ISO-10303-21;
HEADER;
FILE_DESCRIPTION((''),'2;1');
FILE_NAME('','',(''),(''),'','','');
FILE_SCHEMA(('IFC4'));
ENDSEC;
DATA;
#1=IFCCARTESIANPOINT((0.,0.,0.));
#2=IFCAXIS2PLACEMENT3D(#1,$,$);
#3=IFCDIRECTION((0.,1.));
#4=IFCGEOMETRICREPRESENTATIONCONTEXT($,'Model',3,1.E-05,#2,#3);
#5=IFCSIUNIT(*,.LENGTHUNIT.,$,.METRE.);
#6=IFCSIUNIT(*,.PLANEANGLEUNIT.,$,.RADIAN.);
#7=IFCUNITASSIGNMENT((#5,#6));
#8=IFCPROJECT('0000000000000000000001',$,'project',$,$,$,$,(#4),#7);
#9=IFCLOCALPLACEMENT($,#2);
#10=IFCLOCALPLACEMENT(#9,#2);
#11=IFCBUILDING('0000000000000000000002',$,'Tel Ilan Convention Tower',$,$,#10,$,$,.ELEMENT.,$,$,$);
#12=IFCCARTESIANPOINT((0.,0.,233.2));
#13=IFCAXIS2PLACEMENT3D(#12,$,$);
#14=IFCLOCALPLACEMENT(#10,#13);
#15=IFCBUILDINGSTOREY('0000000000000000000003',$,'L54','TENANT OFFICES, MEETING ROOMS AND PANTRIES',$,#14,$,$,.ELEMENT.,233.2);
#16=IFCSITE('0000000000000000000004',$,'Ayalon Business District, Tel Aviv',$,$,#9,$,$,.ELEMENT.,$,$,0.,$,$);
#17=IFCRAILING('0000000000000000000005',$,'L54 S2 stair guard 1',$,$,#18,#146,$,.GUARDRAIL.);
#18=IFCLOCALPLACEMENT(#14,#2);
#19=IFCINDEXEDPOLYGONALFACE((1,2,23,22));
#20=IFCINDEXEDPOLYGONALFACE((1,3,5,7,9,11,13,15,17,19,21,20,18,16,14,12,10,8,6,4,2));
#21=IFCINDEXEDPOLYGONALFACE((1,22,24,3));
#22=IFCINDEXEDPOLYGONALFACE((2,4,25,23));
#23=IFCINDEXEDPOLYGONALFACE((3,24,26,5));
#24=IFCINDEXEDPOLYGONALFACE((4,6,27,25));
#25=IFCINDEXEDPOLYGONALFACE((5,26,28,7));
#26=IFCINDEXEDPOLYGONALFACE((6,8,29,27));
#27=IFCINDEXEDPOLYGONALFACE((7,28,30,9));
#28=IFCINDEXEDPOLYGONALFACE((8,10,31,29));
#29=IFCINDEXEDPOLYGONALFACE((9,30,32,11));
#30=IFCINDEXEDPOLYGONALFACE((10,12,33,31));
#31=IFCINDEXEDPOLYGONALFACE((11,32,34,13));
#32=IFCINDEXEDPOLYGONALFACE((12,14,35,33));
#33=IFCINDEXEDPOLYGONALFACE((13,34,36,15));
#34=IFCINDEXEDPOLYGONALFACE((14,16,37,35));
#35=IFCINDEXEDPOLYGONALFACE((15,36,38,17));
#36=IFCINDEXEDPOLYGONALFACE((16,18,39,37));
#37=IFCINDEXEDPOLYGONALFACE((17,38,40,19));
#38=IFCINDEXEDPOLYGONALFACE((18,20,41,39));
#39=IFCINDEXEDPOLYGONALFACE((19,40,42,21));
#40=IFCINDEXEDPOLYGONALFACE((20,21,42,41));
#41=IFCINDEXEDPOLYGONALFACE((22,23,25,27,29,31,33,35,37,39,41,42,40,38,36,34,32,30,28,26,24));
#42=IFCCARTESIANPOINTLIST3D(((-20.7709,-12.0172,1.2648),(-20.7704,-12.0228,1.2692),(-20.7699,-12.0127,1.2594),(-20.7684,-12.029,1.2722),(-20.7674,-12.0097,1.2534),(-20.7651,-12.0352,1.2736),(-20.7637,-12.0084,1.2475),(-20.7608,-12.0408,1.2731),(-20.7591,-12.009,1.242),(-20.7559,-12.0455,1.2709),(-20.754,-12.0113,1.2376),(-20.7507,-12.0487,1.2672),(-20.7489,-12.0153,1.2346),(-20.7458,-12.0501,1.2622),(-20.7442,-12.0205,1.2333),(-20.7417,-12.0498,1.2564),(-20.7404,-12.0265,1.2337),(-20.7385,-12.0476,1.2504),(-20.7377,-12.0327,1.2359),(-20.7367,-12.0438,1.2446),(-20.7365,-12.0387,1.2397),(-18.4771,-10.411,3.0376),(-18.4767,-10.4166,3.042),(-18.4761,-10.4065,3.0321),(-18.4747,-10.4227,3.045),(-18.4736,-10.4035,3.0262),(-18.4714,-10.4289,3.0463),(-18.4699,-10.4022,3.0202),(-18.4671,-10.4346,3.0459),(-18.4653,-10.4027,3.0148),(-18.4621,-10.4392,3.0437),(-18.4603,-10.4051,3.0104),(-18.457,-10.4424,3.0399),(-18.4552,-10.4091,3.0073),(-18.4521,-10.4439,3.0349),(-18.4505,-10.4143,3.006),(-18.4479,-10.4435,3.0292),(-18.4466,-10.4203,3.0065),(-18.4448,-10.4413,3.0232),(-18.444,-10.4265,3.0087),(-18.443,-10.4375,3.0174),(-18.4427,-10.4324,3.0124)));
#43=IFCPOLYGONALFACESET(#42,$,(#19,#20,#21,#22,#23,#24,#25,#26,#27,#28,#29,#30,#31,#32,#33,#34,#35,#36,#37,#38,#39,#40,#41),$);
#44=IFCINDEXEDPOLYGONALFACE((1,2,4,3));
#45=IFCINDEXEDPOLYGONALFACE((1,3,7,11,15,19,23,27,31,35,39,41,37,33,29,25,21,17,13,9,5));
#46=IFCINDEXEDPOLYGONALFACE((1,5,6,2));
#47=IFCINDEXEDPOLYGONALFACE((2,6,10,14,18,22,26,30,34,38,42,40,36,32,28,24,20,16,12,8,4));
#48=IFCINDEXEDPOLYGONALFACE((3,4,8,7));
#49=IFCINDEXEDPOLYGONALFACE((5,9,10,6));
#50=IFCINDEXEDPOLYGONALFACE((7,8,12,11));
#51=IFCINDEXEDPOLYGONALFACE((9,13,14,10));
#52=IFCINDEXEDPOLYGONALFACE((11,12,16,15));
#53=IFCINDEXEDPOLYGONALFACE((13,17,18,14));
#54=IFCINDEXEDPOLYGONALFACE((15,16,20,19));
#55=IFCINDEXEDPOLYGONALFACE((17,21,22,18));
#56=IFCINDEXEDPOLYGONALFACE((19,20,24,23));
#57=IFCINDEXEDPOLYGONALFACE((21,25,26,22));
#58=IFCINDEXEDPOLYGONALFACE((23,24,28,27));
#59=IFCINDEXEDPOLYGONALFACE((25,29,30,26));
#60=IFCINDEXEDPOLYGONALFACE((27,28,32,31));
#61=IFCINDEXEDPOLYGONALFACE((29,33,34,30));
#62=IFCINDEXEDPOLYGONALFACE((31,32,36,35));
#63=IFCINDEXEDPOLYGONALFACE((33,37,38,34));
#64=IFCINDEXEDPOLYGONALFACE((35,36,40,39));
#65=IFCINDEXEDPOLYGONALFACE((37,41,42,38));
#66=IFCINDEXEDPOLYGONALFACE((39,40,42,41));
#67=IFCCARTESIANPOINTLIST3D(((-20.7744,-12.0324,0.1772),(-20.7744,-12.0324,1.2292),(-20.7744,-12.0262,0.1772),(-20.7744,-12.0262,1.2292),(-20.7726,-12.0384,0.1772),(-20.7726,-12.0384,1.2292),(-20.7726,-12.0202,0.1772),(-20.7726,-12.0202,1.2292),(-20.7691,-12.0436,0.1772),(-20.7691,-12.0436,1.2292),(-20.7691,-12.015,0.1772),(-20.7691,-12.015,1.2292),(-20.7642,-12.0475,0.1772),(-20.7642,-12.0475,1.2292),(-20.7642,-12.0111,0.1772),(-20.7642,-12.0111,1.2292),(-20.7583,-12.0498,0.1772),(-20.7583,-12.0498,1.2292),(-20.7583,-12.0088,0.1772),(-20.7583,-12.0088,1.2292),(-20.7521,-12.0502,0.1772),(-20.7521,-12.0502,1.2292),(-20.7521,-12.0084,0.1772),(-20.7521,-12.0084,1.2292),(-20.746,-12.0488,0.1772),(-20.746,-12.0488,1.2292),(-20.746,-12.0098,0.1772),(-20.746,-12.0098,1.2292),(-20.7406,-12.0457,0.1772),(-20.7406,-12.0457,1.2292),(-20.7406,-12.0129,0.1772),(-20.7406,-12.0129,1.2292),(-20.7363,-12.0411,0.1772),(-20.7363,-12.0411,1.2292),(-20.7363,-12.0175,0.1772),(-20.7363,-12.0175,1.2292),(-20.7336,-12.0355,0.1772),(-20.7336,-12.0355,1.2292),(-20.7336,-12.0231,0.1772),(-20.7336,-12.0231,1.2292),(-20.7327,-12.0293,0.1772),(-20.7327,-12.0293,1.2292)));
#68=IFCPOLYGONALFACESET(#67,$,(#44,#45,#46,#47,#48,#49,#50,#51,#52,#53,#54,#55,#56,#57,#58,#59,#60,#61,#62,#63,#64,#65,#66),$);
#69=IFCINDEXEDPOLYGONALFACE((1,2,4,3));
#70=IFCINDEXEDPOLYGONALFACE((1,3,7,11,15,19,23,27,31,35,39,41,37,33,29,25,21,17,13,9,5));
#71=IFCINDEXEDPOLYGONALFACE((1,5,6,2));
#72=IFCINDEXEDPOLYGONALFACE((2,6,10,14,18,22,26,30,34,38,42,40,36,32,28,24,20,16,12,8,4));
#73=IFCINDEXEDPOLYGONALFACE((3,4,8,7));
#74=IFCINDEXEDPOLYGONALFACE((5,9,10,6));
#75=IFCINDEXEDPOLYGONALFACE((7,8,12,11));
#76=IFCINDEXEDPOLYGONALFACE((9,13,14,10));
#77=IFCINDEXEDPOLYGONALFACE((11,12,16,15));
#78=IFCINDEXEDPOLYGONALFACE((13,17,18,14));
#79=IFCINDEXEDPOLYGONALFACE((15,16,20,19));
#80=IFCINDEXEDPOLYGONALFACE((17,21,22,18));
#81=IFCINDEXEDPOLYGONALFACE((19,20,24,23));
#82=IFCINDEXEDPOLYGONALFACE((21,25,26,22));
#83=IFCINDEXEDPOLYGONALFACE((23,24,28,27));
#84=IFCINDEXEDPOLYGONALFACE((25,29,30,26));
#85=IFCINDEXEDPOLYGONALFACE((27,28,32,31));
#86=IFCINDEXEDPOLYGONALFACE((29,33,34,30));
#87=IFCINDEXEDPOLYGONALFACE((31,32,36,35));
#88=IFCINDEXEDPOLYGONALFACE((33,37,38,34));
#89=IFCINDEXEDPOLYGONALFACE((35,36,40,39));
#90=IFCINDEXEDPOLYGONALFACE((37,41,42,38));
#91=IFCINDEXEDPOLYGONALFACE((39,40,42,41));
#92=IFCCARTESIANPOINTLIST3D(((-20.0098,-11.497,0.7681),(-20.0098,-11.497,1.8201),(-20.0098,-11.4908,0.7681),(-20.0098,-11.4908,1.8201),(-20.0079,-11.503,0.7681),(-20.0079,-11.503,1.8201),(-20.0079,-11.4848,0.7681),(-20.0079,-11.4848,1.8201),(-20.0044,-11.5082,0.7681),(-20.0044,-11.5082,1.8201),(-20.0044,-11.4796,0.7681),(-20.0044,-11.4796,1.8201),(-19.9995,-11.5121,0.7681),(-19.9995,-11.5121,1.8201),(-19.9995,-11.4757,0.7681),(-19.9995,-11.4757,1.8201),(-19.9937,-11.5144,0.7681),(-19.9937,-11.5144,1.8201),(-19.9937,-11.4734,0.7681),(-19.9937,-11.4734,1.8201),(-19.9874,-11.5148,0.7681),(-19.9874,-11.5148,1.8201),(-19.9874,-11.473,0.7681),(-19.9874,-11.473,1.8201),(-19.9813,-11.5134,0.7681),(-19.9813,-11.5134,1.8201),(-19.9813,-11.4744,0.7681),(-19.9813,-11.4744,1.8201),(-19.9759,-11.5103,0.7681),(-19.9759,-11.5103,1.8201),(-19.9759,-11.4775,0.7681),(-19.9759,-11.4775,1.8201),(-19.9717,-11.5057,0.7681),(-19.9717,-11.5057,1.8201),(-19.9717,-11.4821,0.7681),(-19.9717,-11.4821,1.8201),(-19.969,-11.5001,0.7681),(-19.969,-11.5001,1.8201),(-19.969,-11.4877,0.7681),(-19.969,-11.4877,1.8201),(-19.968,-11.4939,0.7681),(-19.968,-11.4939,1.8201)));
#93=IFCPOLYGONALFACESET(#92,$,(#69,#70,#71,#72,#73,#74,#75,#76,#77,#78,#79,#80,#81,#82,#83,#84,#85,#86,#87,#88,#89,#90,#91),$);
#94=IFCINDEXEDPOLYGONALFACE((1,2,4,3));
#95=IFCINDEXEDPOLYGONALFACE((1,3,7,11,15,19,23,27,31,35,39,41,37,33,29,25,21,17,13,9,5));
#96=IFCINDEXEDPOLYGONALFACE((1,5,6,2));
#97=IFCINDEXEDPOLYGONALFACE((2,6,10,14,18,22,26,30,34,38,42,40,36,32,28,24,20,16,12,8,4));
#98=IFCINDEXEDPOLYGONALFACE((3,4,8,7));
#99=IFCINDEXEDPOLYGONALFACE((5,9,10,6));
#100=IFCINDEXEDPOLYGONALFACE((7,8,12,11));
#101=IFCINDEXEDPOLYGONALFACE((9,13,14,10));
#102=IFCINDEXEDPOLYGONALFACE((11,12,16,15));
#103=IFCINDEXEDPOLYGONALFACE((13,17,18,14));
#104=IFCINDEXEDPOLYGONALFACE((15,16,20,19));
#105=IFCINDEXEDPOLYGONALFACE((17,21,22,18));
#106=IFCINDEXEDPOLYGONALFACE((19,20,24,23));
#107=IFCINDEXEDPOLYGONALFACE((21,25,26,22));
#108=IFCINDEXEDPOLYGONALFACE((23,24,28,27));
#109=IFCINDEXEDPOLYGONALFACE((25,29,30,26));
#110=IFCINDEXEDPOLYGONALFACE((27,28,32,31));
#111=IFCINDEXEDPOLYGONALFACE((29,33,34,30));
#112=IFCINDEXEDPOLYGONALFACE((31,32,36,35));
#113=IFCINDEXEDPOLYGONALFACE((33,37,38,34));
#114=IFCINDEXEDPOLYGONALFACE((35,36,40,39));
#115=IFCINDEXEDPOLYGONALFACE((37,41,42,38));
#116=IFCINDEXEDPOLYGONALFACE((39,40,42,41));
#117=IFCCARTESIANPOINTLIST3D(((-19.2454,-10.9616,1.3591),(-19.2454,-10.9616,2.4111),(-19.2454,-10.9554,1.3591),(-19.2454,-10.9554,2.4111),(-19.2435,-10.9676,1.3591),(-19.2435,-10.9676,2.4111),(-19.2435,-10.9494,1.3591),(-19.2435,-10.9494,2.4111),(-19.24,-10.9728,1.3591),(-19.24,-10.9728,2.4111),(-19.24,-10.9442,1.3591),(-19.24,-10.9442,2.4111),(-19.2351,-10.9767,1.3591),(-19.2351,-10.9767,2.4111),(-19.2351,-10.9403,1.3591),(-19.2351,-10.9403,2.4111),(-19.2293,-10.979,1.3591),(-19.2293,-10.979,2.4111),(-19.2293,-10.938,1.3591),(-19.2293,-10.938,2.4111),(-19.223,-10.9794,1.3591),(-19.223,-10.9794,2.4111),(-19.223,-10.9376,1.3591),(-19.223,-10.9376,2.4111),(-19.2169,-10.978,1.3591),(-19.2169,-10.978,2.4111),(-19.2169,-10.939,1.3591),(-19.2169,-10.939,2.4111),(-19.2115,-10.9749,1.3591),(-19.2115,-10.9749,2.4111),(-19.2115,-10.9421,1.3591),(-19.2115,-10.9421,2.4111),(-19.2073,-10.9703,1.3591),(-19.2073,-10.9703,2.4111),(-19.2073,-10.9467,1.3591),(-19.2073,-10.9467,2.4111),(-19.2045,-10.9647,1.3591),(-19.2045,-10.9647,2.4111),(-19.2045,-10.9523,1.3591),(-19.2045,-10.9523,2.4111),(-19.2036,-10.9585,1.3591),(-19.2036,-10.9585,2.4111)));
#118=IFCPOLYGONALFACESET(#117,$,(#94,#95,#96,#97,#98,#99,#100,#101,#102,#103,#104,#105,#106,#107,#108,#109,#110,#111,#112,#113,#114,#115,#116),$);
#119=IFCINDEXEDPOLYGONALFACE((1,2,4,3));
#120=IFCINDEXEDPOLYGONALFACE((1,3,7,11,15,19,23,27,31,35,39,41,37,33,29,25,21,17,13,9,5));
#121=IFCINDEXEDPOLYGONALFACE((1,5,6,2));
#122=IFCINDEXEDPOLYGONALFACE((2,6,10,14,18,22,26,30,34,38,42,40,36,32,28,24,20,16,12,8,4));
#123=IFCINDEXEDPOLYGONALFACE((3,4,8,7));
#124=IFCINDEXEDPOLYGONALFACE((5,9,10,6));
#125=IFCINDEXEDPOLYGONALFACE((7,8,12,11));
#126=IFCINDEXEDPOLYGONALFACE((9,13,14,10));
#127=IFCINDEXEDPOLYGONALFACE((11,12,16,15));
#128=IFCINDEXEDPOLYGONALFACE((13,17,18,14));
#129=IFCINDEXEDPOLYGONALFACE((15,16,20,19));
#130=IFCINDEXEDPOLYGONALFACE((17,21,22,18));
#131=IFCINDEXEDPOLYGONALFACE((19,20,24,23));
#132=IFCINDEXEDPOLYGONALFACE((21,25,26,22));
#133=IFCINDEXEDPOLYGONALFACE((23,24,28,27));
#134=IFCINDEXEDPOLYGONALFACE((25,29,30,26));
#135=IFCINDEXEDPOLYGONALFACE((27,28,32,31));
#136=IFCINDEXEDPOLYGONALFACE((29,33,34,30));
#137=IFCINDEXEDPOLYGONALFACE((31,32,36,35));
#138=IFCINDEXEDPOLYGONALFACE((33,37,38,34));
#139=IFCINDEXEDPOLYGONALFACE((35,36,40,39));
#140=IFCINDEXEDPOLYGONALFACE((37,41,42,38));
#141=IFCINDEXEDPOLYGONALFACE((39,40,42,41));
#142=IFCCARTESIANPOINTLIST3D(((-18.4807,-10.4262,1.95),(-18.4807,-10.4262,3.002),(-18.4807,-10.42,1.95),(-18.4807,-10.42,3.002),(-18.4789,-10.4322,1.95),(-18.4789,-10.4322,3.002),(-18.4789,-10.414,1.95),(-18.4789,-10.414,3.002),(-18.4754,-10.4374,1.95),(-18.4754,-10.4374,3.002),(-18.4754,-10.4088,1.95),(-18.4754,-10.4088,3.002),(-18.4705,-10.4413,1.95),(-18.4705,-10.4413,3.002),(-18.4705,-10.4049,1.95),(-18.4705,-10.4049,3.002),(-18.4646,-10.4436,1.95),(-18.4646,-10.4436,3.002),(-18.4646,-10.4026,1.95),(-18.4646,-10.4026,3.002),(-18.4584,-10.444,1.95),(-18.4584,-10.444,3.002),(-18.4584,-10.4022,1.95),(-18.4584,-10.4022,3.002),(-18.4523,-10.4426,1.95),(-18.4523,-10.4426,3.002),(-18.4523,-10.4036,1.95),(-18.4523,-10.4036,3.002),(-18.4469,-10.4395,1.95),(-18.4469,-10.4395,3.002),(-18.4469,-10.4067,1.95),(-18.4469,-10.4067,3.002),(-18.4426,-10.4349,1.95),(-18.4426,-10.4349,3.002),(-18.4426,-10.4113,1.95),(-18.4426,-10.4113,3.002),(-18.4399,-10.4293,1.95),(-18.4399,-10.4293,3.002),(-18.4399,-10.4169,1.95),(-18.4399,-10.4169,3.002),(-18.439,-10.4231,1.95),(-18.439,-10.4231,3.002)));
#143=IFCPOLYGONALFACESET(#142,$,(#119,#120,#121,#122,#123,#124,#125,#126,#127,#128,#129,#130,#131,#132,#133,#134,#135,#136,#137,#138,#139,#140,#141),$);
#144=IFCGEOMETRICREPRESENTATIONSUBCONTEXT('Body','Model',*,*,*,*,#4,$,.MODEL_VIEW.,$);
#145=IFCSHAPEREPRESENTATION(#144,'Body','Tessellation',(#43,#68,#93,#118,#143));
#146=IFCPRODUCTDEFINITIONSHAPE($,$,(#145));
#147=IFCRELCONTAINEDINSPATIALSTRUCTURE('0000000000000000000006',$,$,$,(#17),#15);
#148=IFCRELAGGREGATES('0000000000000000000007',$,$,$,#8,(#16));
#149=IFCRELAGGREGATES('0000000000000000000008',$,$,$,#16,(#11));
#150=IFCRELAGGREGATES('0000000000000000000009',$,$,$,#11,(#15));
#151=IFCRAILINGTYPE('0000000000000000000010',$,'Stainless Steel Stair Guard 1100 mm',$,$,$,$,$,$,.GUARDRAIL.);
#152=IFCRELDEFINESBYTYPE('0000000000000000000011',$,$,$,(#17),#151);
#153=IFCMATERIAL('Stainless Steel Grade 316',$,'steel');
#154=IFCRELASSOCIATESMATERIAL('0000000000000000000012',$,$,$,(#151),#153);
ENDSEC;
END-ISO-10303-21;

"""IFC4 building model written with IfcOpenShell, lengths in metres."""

from ifc_helpers import new_model, si_unit, direction, frame, origin, origin_2d, place, context, subcontext, project, spatial, circle, extrude, material, type_object, element, save


model = new_model("IFC4")

# Units and contexts
model_context = context("Model", 3, precision=1e-05, world=origin(), true_north=direction((0.0, 1.0)))
body_context = subcontext(model_context, "Body", "Model", "MODEL_VIEW")
ifc_project = project(units=[si_unit("LENGTHUNIT", "METRE"), si_unit("PLANEANGLEUNIT", "RADIAN")], contexts=[model_context])

# Site, building, storey
site_placement = place(None, origin())
site = spatial("IfcSite", under=ifc_project, at=site_placement, Name="Ayalon Business District, Tel Aviv", CompositionType="ELEMENT", RefElevation=0.0)
building_placement = place(site_placement, origin())
building = spatial("IfcBuilding", under=site, at=building_placement, Name="Tel Ilan Convention Tower", CompositionType="ELEMENT")
storey_placement = place(building_placement, frame((0.0, 0.0, 233.2)))
storey = spatial("IfcBuildingStorey", under=building, at=storey_placement, Name="L54", Description="TENANT OFFICES, MEETING ROOMS AND PANTRIES", CompositionType="ELEMENT", Elevation=233.2)

# Railing
ifc_material_1 = material(Name="Stainless Steel Grade 316", Category="steel")
railing_type_1 = type_object("IfcRailingType", Name="Stainless Steel Stair Guard 1100 mm", PredefinedType="GUARDRAIL", material=ifc_material_1)
railing_1_placement = place(storey_placement, frame((-20.7537, -12.0293, 0.1772)))
element("IfcRailing", 1, at=railing_1_placement, inside=storey, type_object=railing_type_1, Name="L54 S2 stair guard 1", PredefinedType="GUARDRAIL", context=body_context, shape_type="SweptSolid", body=[
    extrude(circle(Radius=0.0239, at=origin_2d()), frame((0.0, 0.0, 1.0762), z_axis=(0.692098, 0.484653, 0.534894), x_axis=(-0.573609, 0.81913, 0.0)), (0.0, 0.0, 1.0), 3.3142),
    extrude(circle(Radius=0.021, at=origin_2d()), origin(), (0.0, 0.0, 1.0), 1.052),
    extrude(circle(Radius=0.021, at=origin_2d()), frame((0.7646, 0.5354, 0.5908)), (0.0, 0.0, 1.0), 1.052),
    extrude(circle(Radius=0.021, at=origin_2d()), frame((1.5291, 1.0708, 1.1819)), (0.0, 0.0, 1.0), 1.052),
    extrude(circle(Radius=0.021, at=origin_2d()), frame((2.2937, 1.6062, 1.7727)), (0.0, 0.0, 1.0), 1.052),
])

save(model, "model.ifc")
